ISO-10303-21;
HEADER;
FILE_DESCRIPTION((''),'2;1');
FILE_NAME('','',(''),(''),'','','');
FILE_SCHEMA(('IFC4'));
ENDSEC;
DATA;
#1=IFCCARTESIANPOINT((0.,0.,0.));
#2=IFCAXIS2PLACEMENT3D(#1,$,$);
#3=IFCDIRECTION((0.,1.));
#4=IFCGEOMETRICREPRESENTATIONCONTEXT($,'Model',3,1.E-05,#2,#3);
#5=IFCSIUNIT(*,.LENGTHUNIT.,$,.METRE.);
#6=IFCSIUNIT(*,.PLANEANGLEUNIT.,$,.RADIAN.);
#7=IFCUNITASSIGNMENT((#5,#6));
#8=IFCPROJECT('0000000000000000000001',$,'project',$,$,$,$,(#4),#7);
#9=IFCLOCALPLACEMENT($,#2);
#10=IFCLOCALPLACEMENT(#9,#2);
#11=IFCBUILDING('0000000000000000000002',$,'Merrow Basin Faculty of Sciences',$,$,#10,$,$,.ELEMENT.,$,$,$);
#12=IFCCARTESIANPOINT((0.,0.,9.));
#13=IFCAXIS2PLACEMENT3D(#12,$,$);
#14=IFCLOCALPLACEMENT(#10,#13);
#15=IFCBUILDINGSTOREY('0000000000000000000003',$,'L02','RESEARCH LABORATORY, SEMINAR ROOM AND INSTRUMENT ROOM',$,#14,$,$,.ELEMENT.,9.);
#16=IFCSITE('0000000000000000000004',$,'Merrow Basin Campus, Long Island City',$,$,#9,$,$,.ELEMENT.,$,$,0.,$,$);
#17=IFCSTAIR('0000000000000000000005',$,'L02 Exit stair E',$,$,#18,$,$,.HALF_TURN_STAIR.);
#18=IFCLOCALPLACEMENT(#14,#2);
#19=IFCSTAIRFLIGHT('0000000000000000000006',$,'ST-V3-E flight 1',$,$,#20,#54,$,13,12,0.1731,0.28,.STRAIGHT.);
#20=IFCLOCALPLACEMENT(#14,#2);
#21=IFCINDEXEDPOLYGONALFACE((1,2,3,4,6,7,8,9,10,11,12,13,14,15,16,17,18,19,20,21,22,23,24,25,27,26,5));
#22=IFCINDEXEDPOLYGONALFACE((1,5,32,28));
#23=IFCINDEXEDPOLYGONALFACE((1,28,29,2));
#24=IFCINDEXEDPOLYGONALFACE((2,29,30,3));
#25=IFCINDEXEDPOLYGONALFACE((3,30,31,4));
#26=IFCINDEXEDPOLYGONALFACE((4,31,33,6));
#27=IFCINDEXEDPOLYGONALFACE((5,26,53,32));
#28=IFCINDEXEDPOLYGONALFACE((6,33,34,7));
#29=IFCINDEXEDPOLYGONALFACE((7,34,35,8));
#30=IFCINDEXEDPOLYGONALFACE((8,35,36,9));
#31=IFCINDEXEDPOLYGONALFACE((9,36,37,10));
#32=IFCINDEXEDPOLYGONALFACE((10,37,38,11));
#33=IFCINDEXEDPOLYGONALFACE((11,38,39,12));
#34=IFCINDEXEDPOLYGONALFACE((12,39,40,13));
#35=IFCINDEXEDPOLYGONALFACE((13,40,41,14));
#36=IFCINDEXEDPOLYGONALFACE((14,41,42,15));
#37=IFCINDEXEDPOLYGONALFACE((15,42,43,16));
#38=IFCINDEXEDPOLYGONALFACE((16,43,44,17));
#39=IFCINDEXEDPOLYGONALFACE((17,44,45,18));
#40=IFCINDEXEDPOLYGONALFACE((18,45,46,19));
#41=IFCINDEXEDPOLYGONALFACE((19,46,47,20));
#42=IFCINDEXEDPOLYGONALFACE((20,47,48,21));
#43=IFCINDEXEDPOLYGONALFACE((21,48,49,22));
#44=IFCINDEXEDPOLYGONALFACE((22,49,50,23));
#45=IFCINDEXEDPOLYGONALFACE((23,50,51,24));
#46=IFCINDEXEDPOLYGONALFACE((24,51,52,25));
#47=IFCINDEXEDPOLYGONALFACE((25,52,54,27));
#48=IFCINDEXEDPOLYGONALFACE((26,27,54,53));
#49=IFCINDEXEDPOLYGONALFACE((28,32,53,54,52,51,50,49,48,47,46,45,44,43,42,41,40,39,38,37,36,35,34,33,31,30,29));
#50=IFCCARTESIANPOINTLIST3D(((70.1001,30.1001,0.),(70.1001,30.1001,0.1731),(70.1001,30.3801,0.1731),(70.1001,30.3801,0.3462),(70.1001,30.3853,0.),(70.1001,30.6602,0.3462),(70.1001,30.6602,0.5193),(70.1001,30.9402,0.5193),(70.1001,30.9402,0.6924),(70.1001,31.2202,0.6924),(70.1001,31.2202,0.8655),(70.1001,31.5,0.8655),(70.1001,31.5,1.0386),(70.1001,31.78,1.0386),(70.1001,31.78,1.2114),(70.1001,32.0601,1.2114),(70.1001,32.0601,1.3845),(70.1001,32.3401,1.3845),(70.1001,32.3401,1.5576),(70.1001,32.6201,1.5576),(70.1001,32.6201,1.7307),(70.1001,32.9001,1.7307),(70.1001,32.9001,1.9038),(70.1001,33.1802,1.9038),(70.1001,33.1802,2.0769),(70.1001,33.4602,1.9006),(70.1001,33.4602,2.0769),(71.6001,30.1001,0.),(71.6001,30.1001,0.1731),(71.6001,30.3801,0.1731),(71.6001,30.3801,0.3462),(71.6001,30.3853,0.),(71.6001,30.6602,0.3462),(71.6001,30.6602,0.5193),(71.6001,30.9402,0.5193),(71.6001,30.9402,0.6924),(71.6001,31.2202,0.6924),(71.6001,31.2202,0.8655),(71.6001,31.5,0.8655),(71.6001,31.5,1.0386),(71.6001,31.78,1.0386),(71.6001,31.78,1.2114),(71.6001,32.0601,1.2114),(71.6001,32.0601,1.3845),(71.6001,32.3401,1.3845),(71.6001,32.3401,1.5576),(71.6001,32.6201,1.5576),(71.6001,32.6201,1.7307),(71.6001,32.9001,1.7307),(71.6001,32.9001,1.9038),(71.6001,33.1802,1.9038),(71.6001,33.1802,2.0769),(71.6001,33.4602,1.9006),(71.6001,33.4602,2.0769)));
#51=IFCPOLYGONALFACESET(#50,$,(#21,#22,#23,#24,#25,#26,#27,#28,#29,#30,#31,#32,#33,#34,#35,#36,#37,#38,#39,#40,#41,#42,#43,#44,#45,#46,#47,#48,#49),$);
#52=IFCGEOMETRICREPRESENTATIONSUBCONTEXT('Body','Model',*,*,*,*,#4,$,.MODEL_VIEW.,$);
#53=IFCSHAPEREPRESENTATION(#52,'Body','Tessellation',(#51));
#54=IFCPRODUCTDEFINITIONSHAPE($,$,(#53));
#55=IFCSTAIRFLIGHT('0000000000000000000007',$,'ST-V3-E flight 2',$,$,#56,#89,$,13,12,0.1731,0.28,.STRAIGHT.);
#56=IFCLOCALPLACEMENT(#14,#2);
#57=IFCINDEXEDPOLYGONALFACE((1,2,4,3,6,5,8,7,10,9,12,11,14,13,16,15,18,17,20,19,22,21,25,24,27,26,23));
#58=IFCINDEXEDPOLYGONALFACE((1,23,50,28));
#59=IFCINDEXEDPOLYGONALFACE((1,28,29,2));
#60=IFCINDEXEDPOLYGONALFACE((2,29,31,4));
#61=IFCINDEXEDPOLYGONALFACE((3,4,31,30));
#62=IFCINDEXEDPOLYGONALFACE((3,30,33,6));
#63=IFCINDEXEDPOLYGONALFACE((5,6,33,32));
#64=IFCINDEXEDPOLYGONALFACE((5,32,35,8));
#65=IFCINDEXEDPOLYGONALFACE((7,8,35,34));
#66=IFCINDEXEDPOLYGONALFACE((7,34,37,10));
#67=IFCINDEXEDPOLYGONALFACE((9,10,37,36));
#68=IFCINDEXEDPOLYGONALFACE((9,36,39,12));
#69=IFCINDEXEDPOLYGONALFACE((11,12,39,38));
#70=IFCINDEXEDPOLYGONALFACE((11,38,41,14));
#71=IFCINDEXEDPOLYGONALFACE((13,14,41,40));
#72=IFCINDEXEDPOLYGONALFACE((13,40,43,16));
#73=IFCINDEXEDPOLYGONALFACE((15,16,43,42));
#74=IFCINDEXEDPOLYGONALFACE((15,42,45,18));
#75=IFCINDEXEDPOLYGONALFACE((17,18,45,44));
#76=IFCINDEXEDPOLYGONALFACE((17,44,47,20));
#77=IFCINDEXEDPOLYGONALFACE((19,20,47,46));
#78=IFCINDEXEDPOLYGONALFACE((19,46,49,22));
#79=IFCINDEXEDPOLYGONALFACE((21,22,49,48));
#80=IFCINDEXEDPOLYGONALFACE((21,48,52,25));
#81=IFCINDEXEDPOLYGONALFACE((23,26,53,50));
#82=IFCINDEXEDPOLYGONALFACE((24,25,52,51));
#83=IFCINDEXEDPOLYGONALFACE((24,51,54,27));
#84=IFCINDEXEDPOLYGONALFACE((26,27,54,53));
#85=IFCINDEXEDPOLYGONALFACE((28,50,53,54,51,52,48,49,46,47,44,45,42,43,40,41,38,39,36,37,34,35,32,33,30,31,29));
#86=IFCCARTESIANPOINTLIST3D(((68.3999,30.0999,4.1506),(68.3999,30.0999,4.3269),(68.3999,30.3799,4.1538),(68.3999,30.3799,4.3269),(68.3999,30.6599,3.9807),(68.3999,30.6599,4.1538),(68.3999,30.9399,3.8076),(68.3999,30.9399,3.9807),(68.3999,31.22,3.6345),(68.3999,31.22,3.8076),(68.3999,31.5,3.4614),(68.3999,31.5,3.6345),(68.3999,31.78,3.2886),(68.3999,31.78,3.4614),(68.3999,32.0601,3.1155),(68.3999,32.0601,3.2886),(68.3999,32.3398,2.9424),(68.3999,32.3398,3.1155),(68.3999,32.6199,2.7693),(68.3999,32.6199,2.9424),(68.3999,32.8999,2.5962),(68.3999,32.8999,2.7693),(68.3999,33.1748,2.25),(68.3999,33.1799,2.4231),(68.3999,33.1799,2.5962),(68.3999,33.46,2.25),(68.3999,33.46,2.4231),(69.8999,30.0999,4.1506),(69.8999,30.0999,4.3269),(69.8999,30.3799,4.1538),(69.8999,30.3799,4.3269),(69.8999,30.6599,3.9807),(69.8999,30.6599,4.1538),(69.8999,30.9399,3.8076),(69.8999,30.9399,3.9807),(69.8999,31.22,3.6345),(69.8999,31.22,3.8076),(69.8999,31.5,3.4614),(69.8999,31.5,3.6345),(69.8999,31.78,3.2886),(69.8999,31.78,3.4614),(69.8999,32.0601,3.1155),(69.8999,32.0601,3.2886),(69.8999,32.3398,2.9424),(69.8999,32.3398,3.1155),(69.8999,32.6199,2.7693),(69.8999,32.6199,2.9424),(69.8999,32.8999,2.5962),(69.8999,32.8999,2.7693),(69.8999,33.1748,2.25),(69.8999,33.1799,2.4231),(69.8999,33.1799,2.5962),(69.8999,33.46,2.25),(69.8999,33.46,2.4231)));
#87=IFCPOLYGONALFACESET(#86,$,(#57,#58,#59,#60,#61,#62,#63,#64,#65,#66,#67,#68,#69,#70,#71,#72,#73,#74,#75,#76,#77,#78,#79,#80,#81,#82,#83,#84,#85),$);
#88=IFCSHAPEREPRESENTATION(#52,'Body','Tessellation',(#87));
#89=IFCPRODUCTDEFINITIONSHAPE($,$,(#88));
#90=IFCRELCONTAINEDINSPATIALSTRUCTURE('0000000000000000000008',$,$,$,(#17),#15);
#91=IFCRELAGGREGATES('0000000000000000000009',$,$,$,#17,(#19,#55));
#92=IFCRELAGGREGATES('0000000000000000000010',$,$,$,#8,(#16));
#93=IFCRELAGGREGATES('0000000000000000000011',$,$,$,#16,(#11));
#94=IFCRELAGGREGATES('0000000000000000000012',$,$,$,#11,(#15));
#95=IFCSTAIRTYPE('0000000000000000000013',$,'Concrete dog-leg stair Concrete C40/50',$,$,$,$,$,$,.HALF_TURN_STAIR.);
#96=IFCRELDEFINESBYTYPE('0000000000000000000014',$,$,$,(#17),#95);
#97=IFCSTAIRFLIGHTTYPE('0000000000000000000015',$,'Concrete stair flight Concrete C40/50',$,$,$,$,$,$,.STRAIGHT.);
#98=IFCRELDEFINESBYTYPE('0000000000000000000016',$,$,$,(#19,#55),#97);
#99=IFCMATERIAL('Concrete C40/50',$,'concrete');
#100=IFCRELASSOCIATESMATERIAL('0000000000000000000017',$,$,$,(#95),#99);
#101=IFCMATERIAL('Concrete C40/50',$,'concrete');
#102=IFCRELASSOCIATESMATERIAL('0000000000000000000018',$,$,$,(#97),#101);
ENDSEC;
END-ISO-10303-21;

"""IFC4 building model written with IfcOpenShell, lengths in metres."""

from ifc_helpers import new_model, si_unit, direction, frame, origin, place, context, subcontext, project, spatial, polyline, outline, extrude, material, type_object, element, aggregate, save


model = new_model("IFC4")

# Units and contexts
model_context = context("Model", 3, precision=1e-05, world=origin(), true_north=direction((0.0, 1.0)))
body_context = subcontext(model_context, "Body", "Model", "MODEL_VIEW")
ifc_project = project(units=[si_unit("LENGTHUNIT", "METRE"), si_unit("PLANEANGLEUNIT", "RADIAN")], contexts=[model_context])

# Site, building, storey
site_placement = place(None, origin())
site = spatial("IfcSite", under=ifc_project, at=site_placement, Name="Merrow Basin Campus, Long Island City", CompositionType="ELEMENT", RefElevation=0.0)
building_placement = place(site_placement, origin())
building = spatial("IfcBuilding", under=site, at=building_placement, Name="Merrow Basin Faculty of Sciences", CompositionType="ELEMENT")
storey_placement = place(building_placement, frame((0.0, 0.0, 9.0)))
storey = spatial("IfcBuildingStorey", under=building, at=storey_placement, Name="L02", Description="RESEARCH LABORATORY, SEMINAR ROOM AND INSTRUMENT ROOM", CompositionType="ELEMENT", Elevation=9.0)

# Stair, stair flights
ifc_material_1 = material(Name="Concrete C40/50", Category="concrete")
stair_type = type_object("IfcStairType", Name="Concrete dog-leg stair Concrete C40/50", PredefinedType="HALF_TURN_STAIR", material=ifc_material_1)
stair_placement = place(storey_placement, origin())
stair = element("IfcStair", 1, at=stair_placement, inside=storey, type_object=stair_type, Name="L02 Exit stair E", PredefinedType="HALF_TURN_STAIR")
ifc_material_2 = material(Name="Concrete C40/50", Category="concrete")
stair_flight_type = type_object("IfcStairFlightType", Name="Concrete stair flight Concrete C40/50", PredefinedType="STRAIGHT", material=ifc_material_2)
stair_flight_1_placement = place(storey_placement, frame((70.8501, 30.1001, 0.0), z_axis=(0.0, 0.0, 1.0), x_axis=(0.0, 1.0, 0.0)))
stair_flight_1 = element("IfcStairFlight", 2, at=stair_flight_1_placement, type_object=stair_flight_type, Name="ST-V3-E flight 1", NumberOfRisers=13, NumberOfTreads=12, PredefinedType="STRAIGHT", RiserHeight=0.1731, TreadLength=0.28, context=body_context, shape_type="SweptSolid", body=[
    extrude(outline(polyline([(0.0, 0.0), (0.0, 0.1731), (0.28, 0.1731), (0.28, 0.3462), (0.5601, 0.3462), (0.5601, 0.5193), (0.8401, 0.5193), (0.8401, 0.6924), (1.1201, 0.6924), (1.1201, 0.8655), (1.3999, 0.8655), (1.3999, 1.0386), (1.6799, 1.0386), (1.6799, 1.2114), (1.96, 1.2114), (1.96, 1.3845), (2.24, 1.3845), (2.24, 1.5576), (2.52, 1.5576), (2.52, 1.7307), (2.8, 1.7307), (2.8, 1.9038), (3.0801, 1.9038), (3.0801, 2.0769), (3.3601, 2.0769), (3.3601, 2.25), (3.3601, 1.9006), (0.2852, 0.0), (0.0, 0.0)])), frame((0.0, 0.75, 0.0), z_axis=(0.0, -1.0, 0.0), x_axis=(1.0, 0.0, 0.0)), (0.0, 0.0, 1.0), 1.5),
])
stair_flight_2_placement = place(storey_placement, frame((69.1499, 33.46, 2.25), z_axis=(0.0, 0.0, 1.0), x_axis=(0.0, -1.0, 0.0)))
stair_flight_2 = element("IfcStairFlight", 3, at=stair_flight_2_placement, type_object=stair_flight_type, Name="ST-V3-E flight 2", NumberOfRisers=13, NumberOfTreads=12, PredefinedType="STRAIGHT", RiserHeight=0.1731, TreadLength=0.28, context=body_context, shape_type="SweptSolid", body=[
    extrude(outline(polyline([(0.0, 0.0), (0.0, 0.1731), (0.28, 0.1731), (0.28, 0.3462), (0.5601, 0.3462), (0.5601, 0.5193), (0.8401, 0.5193), (0.8401, 0.6924), (1.1201, 0.6924), (1.1201, 0.8655), (1.3999, 0.8655), (1.3999, 1.0386), (1.6799, 1.0386), (1.6799, 1.2114), (1.96, 1.2114), (1.96, 1.3845), (2.24, 1.3845), (2.24, 1.5576), (2.52, 1.5576), (2.52, 1.7307), (2.8, 1.7307), (2.8, 1.9038), (3.0801, 1.9038), (3.0801, 2.0769), (3.3601, 2.0769), (3.3601, 2.25), (3.3601, 1.9006), (0.2852, 0.0), (0.0, 0.0)])), frame((0.0, 0.75, 0.0), z_axis=(0.0, -1.0, 0.0), x_axis=(1.0, 0.0, 0.0)), (0.0, 0.0, 1.0), 1.5),
])
aggregate(stair, [stair_flight_1, stair_flight_2])

save(model, "model.ifc")
